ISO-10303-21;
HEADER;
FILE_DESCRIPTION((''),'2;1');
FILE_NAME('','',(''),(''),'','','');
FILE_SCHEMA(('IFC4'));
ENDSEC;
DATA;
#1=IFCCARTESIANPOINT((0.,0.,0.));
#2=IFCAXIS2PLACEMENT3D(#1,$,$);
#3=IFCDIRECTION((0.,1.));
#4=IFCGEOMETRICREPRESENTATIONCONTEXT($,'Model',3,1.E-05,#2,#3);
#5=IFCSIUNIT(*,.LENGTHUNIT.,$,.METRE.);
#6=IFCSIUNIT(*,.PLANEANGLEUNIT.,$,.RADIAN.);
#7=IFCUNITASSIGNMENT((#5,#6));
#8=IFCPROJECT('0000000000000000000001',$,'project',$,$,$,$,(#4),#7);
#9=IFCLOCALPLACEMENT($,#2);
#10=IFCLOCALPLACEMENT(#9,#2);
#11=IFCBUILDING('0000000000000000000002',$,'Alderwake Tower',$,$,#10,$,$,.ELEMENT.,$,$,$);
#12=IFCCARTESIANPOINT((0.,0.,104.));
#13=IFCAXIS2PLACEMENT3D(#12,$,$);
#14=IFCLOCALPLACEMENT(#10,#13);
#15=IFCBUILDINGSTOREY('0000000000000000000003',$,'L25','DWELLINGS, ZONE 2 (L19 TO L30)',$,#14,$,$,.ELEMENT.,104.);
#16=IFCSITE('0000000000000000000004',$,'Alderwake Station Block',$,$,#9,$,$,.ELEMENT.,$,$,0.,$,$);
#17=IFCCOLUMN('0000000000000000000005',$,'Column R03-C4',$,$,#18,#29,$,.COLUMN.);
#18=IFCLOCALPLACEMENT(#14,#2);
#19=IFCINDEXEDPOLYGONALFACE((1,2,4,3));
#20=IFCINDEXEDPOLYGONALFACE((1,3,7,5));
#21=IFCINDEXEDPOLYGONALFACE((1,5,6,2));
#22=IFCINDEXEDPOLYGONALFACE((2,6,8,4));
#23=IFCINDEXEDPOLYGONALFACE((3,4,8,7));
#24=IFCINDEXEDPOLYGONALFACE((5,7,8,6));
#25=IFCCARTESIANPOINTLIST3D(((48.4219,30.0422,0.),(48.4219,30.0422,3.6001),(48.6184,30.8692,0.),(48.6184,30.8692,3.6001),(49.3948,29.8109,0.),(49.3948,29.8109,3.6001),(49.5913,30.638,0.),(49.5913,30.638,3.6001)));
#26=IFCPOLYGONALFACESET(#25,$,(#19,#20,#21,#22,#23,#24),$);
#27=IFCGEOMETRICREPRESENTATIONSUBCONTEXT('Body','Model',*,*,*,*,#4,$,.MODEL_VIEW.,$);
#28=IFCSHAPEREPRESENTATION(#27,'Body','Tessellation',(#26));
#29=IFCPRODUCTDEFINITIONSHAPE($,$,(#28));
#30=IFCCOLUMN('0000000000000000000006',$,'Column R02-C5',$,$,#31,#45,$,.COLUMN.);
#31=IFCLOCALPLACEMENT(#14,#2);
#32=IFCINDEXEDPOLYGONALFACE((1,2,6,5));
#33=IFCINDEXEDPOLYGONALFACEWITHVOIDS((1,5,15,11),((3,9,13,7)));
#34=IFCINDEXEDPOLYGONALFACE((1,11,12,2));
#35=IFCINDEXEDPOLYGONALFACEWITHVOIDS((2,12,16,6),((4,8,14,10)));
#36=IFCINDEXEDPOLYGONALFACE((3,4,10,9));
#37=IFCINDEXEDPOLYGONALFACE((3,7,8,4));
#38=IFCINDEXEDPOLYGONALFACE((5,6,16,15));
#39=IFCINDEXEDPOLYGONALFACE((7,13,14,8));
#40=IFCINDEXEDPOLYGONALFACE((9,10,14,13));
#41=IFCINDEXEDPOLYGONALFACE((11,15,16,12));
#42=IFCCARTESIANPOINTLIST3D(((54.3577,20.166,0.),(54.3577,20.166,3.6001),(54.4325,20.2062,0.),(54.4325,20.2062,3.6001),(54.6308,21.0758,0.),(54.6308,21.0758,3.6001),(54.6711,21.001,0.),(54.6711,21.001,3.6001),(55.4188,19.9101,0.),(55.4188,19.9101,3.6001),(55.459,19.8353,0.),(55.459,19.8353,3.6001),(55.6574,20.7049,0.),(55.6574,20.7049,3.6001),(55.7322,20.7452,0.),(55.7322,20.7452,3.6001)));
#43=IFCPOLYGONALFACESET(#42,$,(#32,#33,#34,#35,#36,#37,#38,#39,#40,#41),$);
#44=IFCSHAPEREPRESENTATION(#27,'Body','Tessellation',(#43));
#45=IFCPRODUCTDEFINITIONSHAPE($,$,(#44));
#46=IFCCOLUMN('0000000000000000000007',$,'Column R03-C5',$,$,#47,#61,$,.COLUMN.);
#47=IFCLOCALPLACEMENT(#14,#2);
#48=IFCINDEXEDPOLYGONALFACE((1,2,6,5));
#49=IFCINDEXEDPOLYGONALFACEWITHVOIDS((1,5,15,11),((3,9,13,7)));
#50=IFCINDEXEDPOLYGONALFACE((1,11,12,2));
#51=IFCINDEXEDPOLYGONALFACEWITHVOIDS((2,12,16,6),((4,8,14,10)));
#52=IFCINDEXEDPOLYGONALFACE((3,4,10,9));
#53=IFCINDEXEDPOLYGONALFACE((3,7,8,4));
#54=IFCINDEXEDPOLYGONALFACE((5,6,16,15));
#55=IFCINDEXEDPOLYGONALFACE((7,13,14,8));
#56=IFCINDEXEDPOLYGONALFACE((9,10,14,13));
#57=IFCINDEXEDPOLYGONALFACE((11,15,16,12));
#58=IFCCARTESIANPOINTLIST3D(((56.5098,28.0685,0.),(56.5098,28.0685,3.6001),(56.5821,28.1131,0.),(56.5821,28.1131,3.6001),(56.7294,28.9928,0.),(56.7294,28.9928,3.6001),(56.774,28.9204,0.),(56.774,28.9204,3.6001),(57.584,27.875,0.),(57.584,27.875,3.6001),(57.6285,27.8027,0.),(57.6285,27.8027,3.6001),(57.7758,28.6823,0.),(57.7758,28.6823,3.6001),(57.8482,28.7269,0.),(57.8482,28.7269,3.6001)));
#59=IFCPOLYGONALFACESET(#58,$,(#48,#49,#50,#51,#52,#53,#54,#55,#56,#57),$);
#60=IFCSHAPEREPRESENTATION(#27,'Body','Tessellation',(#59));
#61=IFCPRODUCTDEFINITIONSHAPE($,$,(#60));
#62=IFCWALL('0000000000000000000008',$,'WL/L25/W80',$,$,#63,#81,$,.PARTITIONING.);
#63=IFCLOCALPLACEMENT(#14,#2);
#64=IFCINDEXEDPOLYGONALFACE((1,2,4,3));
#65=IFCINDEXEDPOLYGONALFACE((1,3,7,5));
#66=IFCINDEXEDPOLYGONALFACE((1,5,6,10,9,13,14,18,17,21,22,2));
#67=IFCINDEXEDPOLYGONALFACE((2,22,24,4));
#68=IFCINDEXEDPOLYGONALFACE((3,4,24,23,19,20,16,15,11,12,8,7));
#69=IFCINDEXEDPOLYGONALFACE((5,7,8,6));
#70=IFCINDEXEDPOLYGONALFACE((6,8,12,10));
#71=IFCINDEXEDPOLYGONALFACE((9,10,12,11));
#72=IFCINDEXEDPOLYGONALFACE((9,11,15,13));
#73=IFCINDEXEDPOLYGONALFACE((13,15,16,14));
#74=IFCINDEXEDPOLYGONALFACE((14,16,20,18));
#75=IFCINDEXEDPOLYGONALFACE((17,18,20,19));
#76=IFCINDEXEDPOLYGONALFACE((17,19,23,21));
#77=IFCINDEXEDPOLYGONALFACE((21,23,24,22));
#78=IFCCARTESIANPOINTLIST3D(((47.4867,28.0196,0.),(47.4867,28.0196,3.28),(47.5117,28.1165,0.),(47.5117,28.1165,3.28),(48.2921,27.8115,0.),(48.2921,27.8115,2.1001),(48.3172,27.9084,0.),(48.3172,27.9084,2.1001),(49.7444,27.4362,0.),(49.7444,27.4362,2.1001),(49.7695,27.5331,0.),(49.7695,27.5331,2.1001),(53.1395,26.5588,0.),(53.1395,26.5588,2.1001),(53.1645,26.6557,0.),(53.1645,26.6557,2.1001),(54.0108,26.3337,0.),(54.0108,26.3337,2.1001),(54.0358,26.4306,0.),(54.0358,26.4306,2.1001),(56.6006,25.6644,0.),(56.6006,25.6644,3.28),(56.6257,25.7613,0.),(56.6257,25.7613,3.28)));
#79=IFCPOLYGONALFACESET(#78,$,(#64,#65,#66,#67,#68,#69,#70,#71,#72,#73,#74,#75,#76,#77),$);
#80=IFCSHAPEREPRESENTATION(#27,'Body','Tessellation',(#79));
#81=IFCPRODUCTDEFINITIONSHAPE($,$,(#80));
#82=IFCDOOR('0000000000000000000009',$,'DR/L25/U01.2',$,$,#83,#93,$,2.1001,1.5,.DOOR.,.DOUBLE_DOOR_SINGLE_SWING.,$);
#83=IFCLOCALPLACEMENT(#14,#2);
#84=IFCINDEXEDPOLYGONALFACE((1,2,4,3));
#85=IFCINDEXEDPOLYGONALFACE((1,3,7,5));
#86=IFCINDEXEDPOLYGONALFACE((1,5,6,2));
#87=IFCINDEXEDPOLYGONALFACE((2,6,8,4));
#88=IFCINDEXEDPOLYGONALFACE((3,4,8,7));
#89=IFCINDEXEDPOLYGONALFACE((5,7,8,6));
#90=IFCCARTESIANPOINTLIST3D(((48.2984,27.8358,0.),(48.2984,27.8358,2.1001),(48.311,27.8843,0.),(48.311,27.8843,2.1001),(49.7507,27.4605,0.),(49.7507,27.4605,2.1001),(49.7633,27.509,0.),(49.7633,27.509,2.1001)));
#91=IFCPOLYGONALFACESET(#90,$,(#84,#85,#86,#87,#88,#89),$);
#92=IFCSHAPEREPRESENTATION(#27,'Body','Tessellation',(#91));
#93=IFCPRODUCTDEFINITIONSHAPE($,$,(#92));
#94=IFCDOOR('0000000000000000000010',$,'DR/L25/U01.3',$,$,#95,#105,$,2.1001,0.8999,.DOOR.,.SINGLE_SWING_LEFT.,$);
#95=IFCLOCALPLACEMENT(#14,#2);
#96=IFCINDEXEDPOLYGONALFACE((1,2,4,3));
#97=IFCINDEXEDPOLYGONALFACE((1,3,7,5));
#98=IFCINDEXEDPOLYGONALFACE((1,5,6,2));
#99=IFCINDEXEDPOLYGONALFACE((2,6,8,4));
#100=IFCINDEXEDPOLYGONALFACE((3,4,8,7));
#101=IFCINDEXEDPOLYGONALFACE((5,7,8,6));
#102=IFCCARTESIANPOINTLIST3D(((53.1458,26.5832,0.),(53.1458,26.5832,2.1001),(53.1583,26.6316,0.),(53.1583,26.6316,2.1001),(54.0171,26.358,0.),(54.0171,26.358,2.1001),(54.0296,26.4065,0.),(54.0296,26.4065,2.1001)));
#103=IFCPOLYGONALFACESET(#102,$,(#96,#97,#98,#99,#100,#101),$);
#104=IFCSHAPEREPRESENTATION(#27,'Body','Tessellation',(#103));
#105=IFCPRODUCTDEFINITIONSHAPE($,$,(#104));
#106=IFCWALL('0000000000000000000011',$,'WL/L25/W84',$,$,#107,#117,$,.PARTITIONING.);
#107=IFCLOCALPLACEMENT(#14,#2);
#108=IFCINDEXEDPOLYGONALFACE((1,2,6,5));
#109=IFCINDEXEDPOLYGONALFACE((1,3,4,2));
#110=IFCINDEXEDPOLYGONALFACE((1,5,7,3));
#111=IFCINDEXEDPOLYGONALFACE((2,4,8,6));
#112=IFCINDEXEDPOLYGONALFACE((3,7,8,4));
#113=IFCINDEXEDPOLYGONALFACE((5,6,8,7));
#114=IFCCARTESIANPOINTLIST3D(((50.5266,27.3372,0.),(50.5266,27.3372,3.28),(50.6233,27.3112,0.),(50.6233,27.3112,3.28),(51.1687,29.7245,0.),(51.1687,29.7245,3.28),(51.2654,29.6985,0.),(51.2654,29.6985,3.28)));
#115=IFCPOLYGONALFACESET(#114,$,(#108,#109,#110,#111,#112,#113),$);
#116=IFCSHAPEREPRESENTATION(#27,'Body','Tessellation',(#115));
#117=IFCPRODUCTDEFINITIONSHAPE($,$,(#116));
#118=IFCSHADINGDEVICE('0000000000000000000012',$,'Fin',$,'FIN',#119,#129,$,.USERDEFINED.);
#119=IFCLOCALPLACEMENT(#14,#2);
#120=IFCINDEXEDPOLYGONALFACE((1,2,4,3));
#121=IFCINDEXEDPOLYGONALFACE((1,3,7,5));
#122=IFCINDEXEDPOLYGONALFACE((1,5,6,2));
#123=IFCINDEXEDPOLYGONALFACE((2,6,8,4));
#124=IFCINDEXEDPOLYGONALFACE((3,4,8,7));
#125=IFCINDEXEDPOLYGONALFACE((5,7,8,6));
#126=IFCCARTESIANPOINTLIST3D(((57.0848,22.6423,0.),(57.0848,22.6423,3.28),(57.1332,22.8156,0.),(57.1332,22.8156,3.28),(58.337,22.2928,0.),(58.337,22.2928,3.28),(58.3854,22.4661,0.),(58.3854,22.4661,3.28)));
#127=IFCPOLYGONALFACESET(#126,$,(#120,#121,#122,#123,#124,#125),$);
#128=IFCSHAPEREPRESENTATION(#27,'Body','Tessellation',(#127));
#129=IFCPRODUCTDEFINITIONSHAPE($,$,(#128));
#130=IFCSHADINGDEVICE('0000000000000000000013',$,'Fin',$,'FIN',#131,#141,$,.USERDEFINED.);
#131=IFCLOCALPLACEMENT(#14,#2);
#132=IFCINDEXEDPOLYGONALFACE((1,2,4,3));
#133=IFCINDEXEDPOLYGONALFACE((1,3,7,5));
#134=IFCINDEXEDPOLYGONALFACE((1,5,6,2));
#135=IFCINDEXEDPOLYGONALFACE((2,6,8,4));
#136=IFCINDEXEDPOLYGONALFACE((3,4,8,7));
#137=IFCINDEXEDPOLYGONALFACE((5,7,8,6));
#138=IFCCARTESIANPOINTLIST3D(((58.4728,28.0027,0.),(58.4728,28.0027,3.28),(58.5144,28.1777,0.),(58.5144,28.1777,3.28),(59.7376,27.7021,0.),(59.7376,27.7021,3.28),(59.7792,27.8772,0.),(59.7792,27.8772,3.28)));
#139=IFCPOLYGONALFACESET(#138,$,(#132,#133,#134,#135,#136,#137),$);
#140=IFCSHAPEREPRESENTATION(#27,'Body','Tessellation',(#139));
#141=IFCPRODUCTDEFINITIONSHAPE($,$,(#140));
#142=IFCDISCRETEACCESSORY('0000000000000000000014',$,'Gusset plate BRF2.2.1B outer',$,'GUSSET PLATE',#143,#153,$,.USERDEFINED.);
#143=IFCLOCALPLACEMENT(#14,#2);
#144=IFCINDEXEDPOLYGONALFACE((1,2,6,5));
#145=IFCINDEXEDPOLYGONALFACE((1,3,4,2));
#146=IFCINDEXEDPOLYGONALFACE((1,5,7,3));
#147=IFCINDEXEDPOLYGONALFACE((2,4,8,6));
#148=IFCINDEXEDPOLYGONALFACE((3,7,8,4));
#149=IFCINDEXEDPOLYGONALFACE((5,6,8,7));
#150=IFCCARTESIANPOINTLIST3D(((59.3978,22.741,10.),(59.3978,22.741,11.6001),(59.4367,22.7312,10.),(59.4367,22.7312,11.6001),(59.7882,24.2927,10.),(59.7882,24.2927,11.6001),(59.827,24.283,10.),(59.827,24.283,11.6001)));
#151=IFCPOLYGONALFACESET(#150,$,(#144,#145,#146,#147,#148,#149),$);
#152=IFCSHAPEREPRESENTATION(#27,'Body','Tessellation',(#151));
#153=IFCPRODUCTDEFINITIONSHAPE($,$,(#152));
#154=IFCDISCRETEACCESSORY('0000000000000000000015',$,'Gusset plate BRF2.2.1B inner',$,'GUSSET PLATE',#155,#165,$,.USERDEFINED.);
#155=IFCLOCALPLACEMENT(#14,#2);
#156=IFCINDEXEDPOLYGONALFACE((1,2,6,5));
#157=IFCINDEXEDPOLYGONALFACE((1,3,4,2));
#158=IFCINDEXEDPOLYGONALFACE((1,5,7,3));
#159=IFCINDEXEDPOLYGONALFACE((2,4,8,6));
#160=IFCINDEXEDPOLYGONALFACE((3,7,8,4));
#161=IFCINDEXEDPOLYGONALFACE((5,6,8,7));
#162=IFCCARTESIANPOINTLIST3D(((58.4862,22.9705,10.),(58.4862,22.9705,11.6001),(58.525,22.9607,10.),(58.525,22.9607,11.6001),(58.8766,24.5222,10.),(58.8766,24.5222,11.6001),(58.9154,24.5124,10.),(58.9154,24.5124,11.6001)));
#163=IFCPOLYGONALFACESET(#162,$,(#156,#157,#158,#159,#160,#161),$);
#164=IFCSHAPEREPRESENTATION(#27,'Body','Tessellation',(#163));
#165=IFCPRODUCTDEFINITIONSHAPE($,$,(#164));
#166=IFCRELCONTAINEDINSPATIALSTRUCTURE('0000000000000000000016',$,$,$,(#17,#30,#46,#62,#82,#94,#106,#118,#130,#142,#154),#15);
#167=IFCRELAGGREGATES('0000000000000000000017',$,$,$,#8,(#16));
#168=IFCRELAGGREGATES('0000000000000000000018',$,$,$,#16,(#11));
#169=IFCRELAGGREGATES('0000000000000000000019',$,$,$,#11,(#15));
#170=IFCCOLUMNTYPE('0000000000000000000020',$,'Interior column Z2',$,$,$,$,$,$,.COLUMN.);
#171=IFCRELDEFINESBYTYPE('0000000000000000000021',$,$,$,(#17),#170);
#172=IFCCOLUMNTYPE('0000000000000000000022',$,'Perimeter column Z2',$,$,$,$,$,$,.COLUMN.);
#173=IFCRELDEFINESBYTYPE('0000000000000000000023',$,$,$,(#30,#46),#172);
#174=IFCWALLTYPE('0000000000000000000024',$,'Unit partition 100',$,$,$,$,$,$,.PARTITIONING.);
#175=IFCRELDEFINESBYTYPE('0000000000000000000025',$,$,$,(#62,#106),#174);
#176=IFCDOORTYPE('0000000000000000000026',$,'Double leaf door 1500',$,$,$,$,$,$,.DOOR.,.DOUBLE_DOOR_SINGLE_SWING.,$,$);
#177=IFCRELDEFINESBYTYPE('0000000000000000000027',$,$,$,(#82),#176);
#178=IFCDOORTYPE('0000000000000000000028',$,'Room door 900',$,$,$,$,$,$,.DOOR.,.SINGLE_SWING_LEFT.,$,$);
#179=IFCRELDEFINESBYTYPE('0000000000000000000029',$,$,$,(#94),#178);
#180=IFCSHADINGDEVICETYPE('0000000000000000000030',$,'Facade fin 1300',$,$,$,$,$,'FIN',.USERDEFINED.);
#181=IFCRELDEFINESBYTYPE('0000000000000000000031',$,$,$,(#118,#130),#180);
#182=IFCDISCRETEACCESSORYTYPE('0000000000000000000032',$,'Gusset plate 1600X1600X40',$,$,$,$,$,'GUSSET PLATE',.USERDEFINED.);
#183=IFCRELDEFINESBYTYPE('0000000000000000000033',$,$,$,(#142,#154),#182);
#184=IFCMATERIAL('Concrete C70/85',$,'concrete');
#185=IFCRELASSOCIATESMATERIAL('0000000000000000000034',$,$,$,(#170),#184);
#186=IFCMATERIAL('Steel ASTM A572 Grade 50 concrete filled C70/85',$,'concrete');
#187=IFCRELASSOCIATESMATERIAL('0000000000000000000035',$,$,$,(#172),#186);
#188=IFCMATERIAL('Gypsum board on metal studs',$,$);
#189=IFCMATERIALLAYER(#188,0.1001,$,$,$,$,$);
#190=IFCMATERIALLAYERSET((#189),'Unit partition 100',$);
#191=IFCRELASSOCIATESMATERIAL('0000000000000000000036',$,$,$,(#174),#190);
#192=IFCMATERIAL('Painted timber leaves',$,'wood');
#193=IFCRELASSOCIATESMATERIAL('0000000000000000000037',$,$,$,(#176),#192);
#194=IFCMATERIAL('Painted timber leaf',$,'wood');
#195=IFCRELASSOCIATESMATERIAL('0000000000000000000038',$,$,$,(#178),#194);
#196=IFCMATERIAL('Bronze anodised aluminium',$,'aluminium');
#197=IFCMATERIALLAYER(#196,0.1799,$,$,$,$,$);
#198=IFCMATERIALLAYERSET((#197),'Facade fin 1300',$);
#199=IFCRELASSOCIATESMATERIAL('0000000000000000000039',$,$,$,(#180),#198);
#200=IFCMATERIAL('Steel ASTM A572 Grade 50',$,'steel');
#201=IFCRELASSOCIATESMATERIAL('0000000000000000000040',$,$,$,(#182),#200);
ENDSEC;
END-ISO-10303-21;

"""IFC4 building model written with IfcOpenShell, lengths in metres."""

from ifc_helpers import new_model, si_unit, direction, frame, frame_2d, origin, origin_2d, place, context, subcontext, project, spatial, rectangle, hollow_rectangle, extrude, material, layer, layer_set, material_profile, profile_set, type_object, element, fill, save


model = new_model("IFC4")

# Units and contexts
model_context = context("Model", 3, precision=1e-05, world=origin(), true_north=direction((0.0, 1.0)))
body_context = subcontext(model_context, "Body", "Model", "MODEL_VIEW")
ifc_project = project(units=[si_unit("LENGTHUNIT", "METRE"), si_unit("PLANEANGLEUNIT", "RADIAN")], contexts=[model_context])

# Site, building, storey
site_placement = place(None, origin())
site = spatial("IfcSite", under=ifc_project, at=site_placement, Name="Alderwake Station Block", CompositionType="ELEMENT", RefElevation=0.0)
building_placement = place(site_placement, origin())
building = spatial("IfcBuilding", under=site, at=building_placement, Name="Alderwake Tower", CompositionType="ELEMENT")
storey_placement = place(building_placement, frame((0.0, 0.0, 104.0)))
storey = spatial("IfcBuildingStorey", under=building, at=storey_placement, Name="L25", Description="DWELLINGS, ZONE 2 (L19 TO L30)", CompositionType="ELEMENT", Elevation=104.0)

# Columns
ifc_material_1 = material(Name="Concrete C70/85", Category="concrete")
ifc_material_profile_1 = material_profile(ifc_material_1, rectangle(XDim=0.8501, YDim=1.0, at=origin_2d()), Name="RC 1000X850")
ifc_profile_set_1 = profile_set([ifc_material_profile_1], Name="Concrete C70/85")
column_type_1 = type_object("IfcColumnType", Name="Interior column Z2", PredefinedType="COLUMN", material=ifc_profile_set_1)
column_placement = place(storey_placement, frame((49.0066, 30.3401, 0.0), z_axis=(0.0, 0.0, 1.0), x_axis=(0.231222, 0.972901, 0.0)))
element("IfcColumn", 1, at=column_placement, inside=storey, type_object=column_type_1, Name="Column R03-C4", PredefinedType="COLUMN", context=body_context, shape_type="SweptSolid", body=[
    extrude(rectangle(XDim=0.8501, YDim=1.0, at=origin_2d()), origin(), (0.0, 0.0, 1.0), 3.6001),
])
ifc_material_2 = material(Name="Steel ASTM A572 Grade 50 concrete filled C70/85", Category="concrete")
ifc_material_profile_2 = material_profile(ifc_material_2, hollow_rectangle(XDim=0.95, YDim=1.1499, WallThickness=0.0601, at=origin_2d()), Name="BOX 1150X950X60")
ifc_profile_set_2 = profile_set([ifc_material_profile_2], Name="Steel ASTM A572 Grade 50 concrete filled C70/85")
column_type_2 = type_object("IfcColumnType", Name="Perimeter column Z2", PredefinedType="COLUMN", material=ifc_profile_set_2)
for number, where, z_axis, x_axis, name in (
    (2, (55.0449, 20.4556, 0.0), (0.0, 0.0, 1.0), (0.287549, 0.957766, 0.0), "Column R02-C5"),
    (3, (57.179, 28.3977, 0.0), (0.0, 0.0, 1.0), (0.231222, 0.972901, 0.0), "Column R03-C5"),
):
    element("IfcColumn", number, at=place(storey_placement, frame(where, z_axis=z_axis, x_axis=x_axis)), inside=storey, type_object=column_type_2, Name=name, PredefinedType="COLUMN", context=body_context, shape_type="SweptSolid", body=[
        extrude(hollow_rectangle(XDim=0.95, YDim=1.1499, WallThickness=0.0601, at=origin_2d()), origin(), (0.0, 0.0, 1.0), 3.6001),
    ])

# Wall, openings, doors
ifc_material_3 = material(Name="Gypsum board on metal studs")
ifc_layer_1 = layer(ifc_material_3, 0.1001)
ifc_layer_set_1 = layer_set([ifc_layer_1], Name="Unit partition 100")
wall_type_1 = type_object("IfcWallType", Name="Unit partition 100", PredefinedType="PARTITIONING", material=ifc_layer_set_1)
wall_1_placement = place(storey_placement, frame((56.613, 25.7129, 0.0), z_axis=(0.0, 0.0, 1.0), x_axis=(-0.968194, 0.250199, 0.0)))
wall_1 = element("IfcWall", 4, at=wall_1_placement, inside=storey, type_object=wall_type_1, Name="WL/L25/W80", PredefinedType="PARTITIONING", context=body_context, shape_type="SweptSolid", body=[
    extrude(rectangle(XDim=9.4133, YDim=0.1001, at=frame_2d((4.7065, 0.0))), origin(), (0.0, 0.0, 1.0), 3.28),
])
opening_1_placement = place(wall_1_placement, frame((7.0813, 0.0, 0.0)))
opening_1 = element("IfcOpeningElement", 5, at=opening_1_placement, cuts=wall_1, PredefinedType="OPENING", context=body_context, shape_type="SweptSolid", body=[
    extrude(rectangle(XDim=1.5, YDim=2.1001, at=frame_2d((0.75, 1.05))), frame((0.0, 0.0601, 0.0), z_axis=(0.0, -1.0, 0.0), x_axis=(1.0, 0.0, 0.0)), (0.0, 0.0, 1.0), 0.1201),
])
opening_2_placement = place(wall_1_placement, frame((2.6748, 0.0, 0.0)))
opening_2 = element("IfcOpeningElement", 6, at=opening_2_placement, cuts=wall_1, PredefinedType="OPENING", context=body_context, shape_type="SweptSolid", body=[
    extrude(rectangle(XDim=0.8999, YDim=2.1001, at=frame_2d((0.45, 1.05))), frame((0.0, 0.0601, 0.0), z_axis=(0.0, -1.0, 0.0), x_axis=(1.0, 0.0, 0.0)), (0.0, 0.0, 1.0), 0.1201),
])
ifc_material_4 = material(Name="Painted timber leaves", Category="wood")
door_type_1 = type_object("IfcDoorType", Name="Double leaf door 1500", OperationType="DOUBLE_DOOR_SINGLE_SWING", PredefinedType="DOOR", material=ifc_material_4)
door_1_placement = place(opening_1_placement, origin())
door_1 = element("IfcDoor", 7, at=door_1_placement, inside=storey, type_object=door_type_1, Name="DR/L25/U01.2", OperationType="DOUBLE_DOOR_SINGLE_SWING", OverallHeight=2.1001, OverallWidth=1.5, PredefinedType="DOOR", context=body_context, shape_type="SweptSolid", body=[
    extrude(rectangle(XDim=1.5, YDim=2.1001, at=frame_2d((0.75, 1.05))), frame((0.0, 0.0249, 0.0), z_axis=(0.0, -1.0, 0.0), x_axis=(1.0, 0.0, 0.0)), (0.0, 0.0, 1.0), 0.05),
])
fill(opening_1, door_1)
ifc_material_5 = material(Name="Painted timber leaf", Category="wood")
door_type_2 = type_object("IfcDoorType", Name="Room door 900", OperationType="SINGLE_SWING_LEFT", PredefinedType="DOOR", material=ifc_material_5)
door_2_placement = place(opening_2_placement, origin())
door_2 = element("IfcDoor", 8, at=door_2_placement, inside=storey, type_object=door_type_2, Name="DR/L25/U01.3", OperationType="SINGLE_SWING_LEFT", OverallHeight=2.1001, OverallWidth=0.8999, PredefinedType="DOOR", context=body_context, shape_type="SweptSolid", body=[
    extrude(rectangle(XDim=0.8999, YDim=2.1001, at=frame_2d((0.45, 1.05))), frame((0.0, 0.0249, 0.0), z_axis=(0.0, -1.0, 0.0), x_axis=(1.0, 0.0, 0.0)), (0.0, 0.0, 1.0), 0.05),
])
fill(opening_2, door_2)

# Wall
wall_2_placement = place(storey_placement, frame((50.575, 27.3242, 0.0), z_axis=(0.0, 0.0, 1.0), x_axis=(0.25974, 0.965679, 0.0)))
element("IfcWall", 9, at=wall_2_placement, inside=storey, type_object=wall_type_1, Name="WL/L25/W84", PredefinedType="PARTITIONING", context=body_context, shape_type="SweptSolid", body=[
    extrude(rectangle(XDim=2.4722, YDim=0.1001, at=frame_2d((1.2361, 0.0))), origin(), (0.0, 0.0, 1.0), 3.28),
])

# Shading devices
ifc_material_6 = material(Name="Bronze anodised aluminium", Category="aluminium")
ifc_layer_2 = layer(ifc_material_6, 0.1799)
ifc_layer_set_2 = layer_set([ifc_layer_2], Name="Facade fin 1300")
shading_device_type = type_object("IfcShadingDeviceType", Name="Facade fin 1300", ElementType="FIN", PredefinedType="USERDEFINED", material=ifc_layer_set_2)
for number, where, z_axis, x_axis, name in (
    (10, (57.7351, 22.5542, 0.0), (0.0, 0.0, 1.0), (0.963182, -0.268851, 0.0), "Fin"),
    (11, (59.126, 27.9399, 0.0), (0.0, 0.0, 1.0), (0.972909, -0.231189, 0.0), "Fin"),
):
    element("IfcShadingDevice", number, at=place(storey_placement, frame(where, z_axis=z_axis, x_axis=x_axis)), inside=storey, type_object=shading_device_type, Name=name, ObjectType="FIN", PredefinedType="USERDEFINED", context=body_context, shape_type="SweptSolid", body=[
        extrude(rectangle(XDim=1.3, YDim=0.1799, at=origin_2d()), origin(), (0.0, 0.0, 1.0), 3.28),
    ])

# Discrete accessories
ifc_material_7 = material(Name="Steel ASTM A572 Grade 50", Category="steel")
ifc_material_profile_3 = material_profile(ifc_material_7, rectangle(XDim=1.6001, YDim=1.6001, at=origin_2d()), Name="gusset 1600X1600")
ifc_profile_set_3 = profile_set([ifc_material_profile_3], Name="Steel ASTM A572 Grade 50")
discrete_accessory_type = type_object("IfcDiscreteAccessoryType", Name="Gusset plate 1600X1600X40", ElementType="GUSSET PLATE", PredefinedType="USERDEFINED", material=ifc_profile_set_3)
for number, where, z_axis, x_axis, name in (
    (12, (59.593, 23.5168, 10.8), (0.969783, -0.24397, 0.0), (0.24397, 0.969783, 0.0), "Gusset plate BRF2.2.1B outer"),
    (13, (58.7202, 23.7366, 10.8), (-0.969783, 0.24397, 0.0), (-0.24397, -0.969783, 0.0), "Gusset plate BRF2.2.1B inner"),
):
    element("IfcDiscreteAccessory", number, at=place(storey_placement, frame(where, z_axis=z_axis, x_axis=x_axis)), inside=storey, type_object=discrete_accessory_type, Name=name, ObjectType="GUSSET PLATE", PredefinedType="USERDEFINED", context=body_context, shape_type="SweptSolid", body=[
        extrude(rectangle(XDim=1.6001, YDim=1.6001, at=origin_2d()), origin(), (0.0, 0.0, 1.0), 0.04),
    ])

save(model, "model.ifc")
